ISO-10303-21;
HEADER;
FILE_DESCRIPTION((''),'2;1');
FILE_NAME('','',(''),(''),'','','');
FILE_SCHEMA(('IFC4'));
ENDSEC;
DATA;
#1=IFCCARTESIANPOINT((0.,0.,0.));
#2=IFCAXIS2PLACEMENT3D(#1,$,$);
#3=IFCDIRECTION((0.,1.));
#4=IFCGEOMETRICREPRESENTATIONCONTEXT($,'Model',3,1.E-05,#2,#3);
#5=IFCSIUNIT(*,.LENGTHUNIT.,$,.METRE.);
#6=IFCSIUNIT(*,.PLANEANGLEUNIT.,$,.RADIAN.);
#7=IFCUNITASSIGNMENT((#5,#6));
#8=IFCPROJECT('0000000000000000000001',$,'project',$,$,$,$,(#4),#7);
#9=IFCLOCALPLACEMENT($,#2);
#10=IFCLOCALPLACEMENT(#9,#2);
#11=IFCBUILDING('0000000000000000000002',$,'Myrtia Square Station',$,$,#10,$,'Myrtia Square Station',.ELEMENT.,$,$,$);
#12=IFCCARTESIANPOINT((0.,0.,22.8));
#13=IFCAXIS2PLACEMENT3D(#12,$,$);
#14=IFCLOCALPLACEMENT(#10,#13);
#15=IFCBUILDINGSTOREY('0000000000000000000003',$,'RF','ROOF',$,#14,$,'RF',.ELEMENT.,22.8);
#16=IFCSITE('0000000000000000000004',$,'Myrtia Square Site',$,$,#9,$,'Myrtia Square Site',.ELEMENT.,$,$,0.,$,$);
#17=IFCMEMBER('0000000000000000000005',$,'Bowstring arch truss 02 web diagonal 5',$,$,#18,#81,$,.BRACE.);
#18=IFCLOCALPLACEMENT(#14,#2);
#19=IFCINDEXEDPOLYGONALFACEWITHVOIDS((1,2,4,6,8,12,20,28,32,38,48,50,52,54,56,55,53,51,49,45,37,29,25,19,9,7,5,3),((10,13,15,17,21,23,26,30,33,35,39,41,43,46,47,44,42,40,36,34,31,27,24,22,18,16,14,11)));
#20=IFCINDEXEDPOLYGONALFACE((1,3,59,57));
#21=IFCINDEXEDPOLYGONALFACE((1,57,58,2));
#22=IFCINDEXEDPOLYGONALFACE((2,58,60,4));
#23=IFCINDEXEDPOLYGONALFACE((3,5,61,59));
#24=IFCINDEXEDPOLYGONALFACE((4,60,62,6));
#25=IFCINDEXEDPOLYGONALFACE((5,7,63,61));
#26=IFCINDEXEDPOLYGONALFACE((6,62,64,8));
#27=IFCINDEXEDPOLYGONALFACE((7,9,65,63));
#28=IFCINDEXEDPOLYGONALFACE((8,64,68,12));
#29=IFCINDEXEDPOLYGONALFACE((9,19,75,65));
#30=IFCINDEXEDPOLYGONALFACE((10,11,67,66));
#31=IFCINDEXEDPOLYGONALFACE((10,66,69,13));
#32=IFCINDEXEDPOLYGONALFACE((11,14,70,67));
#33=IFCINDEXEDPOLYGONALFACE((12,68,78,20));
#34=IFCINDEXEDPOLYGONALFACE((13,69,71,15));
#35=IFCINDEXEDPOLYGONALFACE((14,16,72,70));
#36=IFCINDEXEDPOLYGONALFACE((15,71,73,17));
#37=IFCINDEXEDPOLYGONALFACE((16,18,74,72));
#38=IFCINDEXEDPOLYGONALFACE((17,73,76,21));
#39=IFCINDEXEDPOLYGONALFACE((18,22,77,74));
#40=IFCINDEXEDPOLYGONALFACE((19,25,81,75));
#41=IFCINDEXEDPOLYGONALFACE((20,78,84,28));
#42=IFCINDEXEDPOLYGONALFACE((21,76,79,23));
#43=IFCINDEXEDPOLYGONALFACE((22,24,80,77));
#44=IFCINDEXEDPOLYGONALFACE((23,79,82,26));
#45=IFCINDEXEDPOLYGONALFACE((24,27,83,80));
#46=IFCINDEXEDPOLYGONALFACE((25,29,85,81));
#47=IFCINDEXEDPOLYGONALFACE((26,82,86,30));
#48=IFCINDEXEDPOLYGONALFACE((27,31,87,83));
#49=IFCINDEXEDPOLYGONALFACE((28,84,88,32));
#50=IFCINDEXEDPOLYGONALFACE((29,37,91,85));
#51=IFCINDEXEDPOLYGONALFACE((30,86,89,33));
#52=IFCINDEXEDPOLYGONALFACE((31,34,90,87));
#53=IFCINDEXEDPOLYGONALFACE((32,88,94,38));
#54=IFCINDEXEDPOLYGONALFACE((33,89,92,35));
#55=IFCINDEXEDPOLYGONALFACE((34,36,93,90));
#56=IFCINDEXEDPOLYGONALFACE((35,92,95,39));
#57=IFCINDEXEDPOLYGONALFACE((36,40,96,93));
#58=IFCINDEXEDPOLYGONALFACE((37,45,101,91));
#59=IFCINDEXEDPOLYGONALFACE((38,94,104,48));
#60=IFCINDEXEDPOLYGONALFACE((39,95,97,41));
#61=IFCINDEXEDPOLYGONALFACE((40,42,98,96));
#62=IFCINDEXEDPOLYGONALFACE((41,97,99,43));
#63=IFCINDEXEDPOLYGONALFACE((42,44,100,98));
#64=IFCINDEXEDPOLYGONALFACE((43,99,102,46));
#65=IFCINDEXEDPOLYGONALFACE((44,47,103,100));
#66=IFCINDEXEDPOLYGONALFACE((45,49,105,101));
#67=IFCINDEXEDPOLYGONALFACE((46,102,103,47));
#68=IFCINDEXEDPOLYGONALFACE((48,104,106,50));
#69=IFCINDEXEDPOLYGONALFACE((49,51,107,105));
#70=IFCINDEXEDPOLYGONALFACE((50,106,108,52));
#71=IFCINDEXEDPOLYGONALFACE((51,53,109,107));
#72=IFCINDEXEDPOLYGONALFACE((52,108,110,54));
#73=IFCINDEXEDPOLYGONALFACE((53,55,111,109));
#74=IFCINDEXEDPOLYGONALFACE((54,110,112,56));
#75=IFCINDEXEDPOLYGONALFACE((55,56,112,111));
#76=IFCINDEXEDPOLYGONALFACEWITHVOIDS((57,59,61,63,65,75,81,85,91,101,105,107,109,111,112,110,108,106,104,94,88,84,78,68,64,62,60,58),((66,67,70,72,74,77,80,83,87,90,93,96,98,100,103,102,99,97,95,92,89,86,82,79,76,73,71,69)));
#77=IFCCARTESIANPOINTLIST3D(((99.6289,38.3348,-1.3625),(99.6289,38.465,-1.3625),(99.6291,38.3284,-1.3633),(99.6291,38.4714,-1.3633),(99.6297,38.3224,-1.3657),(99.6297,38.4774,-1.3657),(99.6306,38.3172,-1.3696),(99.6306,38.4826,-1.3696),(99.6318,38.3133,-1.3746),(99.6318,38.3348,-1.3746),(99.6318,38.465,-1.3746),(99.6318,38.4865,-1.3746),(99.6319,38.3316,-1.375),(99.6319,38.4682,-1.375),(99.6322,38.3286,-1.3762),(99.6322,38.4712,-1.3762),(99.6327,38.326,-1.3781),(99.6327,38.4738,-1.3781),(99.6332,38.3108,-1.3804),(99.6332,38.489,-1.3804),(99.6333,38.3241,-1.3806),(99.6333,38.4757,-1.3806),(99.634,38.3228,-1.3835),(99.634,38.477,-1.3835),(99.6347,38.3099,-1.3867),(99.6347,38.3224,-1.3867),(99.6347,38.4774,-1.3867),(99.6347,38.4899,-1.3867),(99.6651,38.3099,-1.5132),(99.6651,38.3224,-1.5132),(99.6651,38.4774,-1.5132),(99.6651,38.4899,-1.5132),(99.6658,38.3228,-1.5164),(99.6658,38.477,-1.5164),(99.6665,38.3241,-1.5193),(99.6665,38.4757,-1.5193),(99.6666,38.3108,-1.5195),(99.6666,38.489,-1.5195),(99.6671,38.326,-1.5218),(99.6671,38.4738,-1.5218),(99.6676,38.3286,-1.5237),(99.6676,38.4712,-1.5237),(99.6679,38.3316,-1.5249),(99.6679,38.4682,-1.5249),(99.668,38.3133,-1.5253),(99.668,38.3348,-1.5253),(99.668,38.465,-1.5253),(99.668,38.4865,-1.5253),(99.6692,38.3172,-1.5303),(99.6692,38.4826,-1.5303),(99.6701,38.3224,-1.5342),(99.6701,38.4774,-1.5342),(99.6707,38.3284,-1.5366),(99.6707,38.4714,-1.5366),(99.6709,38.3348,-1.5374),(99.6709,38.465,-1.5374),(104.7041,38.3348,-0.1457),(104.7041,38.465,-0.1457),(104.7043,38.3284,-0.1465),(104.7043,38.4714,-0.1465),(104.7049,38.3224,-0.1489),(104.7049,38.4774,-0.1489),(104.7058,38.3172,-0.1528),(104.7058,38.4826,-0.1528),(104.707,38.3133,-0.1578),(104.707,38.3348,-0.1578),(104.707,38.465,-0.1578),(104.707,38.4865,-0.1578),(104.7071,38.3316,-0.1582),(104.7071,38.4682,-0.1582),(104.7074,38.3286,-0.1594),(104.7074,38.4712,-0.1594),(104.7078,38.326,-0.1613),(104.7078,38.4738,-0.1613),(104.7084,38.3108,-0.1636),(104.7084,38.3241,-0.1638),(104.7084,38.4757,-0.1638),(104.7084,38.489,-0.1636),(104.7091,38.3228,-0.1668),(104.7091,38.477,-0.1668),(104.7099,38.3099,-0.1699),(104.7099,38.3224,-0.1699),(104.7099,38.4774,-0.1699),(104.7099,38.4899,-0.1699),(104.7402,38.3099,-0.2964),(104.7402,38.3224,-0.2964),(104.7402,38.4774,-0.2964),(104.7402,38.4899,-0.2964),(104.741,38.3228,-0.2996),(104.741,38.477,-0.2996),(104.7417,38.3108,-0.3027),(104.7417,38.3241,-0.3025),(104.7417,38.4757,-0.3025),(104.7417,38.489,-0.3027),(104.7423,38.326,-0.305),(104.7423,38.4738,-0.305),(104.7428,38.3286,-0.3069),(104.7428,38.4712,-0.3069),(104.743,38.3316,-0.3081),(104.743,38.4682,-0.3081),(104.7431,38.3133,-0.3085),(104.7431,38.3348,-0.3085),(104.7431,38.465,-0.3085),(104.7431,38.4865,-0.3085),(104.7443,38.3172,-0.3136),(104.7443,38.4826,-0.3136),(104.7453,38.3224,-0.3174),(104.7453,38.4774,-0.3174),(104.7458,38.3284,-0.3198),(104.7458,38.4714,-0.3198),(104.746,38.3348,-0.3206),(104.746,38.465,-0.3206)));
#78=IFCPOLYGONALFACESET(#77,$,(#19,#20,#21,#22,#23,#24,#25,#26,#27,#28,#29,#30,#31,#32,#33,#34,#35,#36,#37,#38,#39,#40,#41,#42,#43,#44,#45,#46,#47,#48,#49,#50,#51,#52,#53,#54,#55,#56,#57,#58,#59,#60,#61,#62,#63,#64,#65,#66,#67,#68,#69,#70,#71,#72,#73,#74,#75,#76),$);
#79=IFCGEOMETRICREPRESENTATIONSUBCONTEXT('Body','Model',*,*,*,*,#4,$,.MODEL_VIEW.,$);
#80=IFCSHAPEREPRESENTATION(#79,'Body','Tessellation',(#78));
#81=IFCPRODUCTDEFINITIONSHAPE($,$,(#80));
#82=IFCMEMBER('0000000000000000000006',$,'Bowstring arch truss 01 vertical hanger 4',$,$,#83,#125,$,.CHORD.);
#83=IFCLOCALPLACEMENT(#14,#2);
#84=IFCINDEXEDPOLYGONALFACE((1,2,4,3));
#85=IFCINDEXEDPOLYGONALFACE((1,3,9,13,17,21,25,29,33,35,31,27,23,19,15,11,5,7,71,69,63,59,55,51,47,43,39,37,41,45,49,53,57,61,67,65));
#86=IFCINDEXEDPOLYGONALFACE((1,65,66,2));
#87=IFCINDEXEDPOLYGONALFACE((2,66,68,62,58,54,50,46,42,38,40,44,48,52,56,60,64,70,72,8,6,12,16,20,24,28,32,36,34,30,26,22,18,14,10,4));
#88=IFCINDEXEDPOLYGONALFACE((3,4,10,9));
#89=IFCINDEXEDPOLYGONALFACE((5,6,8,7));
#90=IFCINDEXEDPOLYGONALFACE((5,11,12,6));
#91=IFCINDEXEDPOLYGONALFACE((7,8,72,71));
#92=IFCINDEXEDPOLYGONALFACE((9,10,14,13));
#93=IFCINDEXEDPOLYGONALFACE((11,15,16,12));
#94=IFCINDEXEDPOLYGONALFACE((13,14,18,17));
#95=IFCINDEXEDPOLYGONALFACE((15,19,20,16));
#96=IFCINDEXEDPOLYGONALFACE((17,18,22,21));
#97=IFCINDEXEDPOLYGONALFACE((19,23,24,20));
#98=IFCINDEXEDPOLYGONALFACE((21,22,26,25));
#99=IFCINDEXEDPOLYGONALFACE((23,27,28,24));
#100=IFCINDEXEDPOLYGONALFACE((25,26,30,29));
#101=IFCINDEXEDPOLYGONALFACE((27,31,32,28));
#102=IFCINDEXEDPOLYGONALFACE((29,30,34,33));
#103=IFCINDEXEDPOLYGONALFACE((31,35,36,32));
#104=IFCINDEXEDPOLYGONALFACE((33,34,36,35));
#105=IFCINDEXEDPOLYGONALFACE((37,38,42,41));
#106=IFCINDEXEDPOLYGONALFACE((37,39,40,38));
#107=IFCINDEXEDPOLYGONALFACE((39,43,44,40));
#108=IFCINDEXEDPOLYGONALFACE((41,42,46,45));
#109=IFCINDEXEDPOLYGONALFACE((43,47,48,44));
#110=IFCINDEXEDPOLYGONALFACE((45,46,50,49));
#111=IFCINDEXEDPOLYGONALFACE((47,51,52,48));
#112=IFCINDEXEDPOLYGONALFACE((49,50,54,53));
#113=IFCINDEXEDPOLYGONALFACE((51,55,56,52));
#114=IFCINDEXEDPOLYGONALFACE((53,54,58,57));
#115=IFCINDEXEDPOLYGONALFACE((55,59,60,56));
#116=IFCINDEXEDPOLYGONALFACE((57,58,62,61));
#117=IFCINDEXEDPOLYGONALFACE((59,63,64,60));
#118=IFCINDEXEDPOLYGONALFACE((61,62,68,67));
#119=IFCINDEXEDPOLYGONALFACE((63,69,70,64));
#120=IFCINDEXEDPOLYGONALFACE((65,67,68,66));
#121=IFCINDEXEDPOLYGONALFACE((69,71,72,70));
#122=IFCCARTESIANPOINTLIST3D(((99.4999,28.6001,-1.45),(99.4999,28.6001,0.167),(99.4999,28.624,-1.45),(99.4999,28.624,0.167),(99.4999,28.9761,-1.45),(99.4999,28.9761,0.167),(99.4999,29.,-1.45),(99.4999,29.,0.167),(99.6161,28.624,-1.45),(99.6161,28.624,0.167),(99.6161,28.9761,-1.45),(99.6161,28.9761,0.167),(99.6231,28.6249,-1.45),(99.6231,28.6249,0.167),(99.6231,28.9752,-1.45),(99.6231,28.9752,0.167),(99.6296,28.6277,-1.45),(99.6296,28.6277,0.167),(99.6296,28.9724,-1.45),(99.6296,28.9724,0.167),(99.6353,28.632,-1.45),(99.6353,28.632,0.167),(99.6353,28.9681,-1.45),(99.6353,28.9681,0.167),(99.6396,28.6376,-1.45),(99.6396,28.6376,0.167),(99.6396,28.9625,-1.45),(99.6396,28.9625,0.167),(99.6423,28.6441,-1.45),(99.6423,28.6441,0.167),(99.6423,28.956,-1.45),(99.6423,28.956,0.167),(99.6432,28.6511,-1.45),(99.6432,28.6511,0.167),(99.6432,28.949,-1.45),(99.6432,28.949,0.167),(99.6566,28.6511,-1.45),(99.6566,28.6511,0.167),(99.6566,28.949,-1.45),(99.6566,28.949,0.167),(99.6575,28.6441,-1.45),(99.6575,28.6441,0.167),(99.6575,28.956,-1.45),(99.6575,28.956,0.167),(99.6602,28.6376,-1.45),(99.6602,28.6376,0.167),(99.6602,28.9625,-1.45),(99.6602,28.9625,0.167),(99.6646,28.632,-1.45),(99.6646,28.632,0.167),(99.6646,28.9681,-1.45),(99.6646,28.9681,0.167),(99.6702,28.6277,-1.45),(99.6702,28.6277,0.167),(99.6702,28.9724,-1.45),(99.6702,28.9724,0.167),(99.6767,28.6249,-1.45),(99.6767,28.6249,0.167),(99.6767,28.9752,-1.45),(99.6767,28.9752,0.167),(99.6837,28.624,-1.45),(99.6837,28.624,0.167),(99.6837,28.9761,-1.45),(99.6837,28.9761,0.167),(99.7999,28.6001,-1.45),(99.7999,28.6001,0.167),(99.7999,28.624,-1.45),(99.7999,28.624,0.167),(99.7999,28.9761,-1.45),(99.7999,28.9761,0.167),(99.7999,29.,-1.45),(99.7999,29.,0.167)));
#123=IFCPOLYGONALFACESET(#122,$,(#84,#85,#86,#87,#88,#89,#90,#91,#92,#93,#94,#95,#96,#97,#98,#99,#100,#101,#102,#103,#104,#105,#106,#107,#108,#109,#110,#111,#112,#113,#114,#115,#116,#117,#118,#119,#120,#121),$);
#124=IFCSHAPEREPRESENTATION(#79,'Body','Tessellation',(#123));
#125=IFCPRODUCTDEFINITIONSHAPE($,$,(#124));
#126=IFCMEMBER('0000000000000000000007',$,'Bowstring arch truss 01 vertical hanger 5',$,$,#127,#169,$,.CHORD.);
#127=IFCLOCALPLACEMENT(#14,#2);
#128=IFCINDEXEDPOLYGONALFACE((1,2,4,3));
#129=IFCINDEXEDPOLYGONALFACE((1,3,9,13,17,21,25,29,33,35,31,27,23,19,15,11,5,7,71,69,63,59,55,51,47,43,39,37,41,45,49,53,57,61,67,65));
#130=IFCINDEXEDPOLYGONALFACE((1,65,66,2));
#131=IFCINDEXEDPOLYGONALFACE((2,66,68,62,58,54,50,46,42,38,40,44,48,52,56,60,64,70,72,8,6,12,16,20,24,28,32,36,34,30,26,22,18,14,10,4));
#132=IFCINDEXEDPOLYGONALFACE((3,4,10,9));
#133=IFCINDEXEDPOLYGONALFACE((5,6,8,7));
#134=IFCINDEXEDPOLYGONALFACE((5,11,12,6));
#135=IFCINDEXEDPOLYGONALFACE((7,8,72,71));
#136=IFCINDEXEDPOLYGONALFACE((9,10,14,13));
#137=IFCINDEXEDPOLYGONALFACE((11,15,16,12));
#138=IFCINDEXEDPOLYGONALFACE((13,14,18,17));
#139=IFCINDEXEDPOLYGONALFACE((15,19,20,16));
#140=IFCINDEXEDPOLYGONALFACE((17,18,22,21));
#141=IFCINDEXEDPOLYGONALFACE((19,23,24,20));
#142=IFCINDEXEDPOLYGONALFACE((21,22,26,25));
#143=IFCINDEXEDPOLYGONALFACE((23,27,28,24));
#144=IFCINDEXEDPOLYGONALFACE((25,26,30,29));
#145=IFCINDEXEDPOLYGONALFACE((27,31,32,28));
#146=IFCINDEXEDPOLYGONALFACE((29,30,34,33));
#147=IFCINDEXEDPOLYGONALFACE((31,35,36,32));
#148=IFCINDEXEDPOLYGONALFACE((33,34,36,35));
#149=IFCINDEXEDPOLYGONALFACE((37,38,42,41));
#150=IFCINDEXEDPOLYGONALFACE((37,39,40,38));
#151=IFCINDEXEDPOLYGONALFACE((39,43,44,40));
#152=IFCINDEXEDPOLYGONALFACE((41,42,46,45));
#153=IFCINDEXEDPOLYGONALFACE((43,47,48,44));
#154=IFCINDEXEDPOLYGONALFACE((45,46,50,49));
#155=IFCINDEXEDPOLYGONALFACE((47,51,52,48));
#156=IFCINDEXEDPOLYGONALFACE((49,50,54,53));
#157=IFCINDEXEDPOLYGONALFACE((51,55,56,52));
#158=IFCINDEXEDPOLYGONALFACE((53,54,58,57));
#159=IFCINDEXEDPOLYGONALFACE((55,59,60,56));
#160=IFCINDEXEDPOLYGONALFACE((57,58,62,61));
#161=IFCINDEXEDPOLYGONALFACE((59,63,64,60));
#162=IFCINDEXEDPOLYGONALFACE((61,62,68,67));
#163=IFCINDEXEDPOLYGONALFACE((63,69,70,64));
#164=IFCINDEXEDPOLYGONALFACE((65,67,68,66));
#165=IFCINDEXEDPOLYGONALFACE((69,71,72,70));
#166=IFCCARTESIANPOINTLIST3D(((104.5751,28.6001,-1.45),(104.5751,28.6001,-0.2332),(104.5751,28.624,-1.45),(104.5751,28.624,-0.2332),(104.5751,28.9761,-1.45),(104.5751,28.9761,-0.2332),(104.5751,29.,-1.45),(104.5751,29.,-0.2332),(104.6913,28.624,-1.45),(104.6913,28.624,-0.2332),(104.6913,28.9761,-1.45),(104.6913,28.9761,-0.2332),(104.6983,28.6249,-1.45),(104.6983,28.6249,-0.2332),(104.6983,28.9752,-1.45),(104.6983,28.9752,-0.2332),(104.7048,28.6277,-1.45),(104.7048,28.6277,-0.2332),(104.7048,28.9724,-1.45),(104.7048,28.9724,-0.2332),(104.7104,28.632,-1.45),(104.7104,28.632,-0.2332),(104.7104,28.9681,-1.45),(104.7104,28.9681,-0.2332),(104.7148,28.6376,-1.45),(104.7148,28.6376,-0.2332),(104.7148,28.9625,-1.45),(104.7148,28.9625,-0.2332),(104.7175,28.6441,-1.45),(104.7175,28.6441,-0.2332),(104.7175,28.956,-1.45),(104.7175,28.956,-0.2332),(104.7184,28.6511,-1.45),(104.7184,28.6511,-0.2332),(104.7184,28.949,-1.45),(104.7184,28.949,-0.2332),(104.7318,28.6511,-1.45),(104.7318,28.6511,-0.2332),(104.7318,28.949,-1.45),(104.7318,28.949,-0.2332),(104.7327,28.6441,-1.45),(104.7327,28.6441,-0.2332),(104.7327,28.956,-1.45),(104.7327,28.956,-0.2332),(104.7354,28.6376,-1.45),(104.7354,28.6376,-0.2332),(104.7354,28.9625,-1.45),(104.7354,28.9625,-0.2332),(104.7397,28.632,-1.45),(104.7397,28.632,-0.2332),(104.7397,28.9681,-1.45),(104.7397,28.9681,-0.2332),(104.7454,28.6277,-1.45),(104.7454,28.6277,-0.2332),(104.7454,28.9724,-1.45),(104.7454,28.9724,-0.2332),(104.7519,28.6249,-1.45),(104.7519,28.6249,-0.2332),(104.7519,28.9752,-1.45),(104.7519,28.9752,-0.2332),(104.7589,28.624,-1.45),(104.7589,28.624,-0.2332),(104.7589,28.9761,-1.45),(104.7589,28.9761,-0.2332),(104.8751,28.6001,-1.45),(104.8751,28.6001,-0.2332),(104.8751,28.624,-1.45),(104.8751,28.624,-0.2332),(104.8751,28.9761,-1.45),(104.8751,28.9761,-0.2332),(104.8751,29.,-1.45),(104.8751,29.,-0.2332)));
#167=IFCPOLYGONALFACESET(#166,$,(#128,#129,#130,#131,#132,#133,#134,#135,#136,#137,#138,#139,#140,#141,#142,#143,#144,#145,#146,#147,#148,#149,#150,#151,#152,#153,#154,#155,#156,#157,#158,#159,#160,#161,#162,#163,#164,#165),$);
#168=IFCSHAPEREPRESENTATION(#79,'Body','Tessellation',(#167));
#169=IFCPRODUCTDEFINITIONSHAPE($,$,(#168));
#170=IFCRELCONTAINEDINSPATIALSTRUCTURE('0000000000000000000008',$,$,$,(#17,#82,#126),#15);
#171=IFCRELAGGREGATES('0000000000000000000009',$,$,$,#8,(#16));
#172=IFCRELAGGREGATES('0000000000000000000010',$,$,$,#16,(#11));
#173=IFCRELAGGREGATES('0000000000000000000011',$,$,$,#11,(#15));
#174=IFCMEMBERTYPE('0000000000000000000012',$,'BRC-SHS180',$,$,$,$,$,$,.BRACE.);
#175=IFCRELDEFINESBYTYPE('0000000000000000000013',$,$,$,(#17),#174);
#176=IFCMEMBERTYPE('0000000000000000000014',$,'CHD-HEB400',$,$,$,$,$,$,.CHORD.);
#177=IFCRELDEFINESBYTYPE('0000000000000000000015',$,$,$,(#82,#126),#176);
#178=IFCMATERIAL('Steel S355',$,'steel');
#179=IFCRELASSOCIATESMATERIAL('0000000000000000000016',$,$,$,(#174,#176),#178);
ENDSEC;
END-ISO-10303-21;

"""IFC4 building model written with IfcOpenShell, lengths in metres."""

from ifc_helpers import new_model, si_unit, direction, frame, origin, origin_2d, place, context, subcontext, project, spatial, hollow_rectangle, i_section, extrude, material, material_profile, profile_set, type_object, element, save


model = new_model("IFC4")

# Units and contexts
model_context = context("Model", 3, precision=1e-05, world=origin(), true_north=direction((0.0, 1.0)))
body_context = subcontext(model_context, "Body", "Model", "MODEL_VIEW")
ifc_project = project(units=[si_unit("LENGTHUNIT", "METRE"), si_unit("PLANEANGLEUNIT", "RADIAN")], contexts=[model_context])

# Site, building, storey
site_placement = place(None, origin())
site = spatial("IfcSite", under=ifc_project, at=site_placement, Name="Myrtia Square Site", LongName="Myrtia Square Site", CompositionType="ELEMENT", RefElevation=0.0)
building_placement = place(site_placement, origin())
building = spatial("IfcBuilding", under=site, at=building_placement, Name="Myrtia Square Station", LongName="Myrtia Square Station", CompositionType="ELEMENT")
storey_placement = place(building_placement, frame((0.0, 0.0, 22.8)))
storey = spatial("IfcBuildingStorey", under=building, at=storey_placement, Name="RF", Description="ROOF", LongName="RF", CompositionType="ELEMENT", Elevation=22.8)

# Members
ifc_material_1 = material(Name="Steel S355", Category="steel")
ifc_material_profile_1 = material_profile(ifc_material_1, hollow_rectangle(XDim=0.1799, YDim=0.1799, WallThickness=0.0125, InnerFilletRadius=0.0125, OuterFilletRadius=0.0249, at=origin_2d()), Name="SHS 180x180x12.5")
ifc_profile_set_1 = profile_set([ifc_material_profile_1], Name="Steel S355")
member_type_1 = type_object("IfcMemberType", Name="BRC-SHS180", PredefinedType="BRACE", material=ifc_profile_set_1)
member_1_placement = place(storey_placement, frame((99.6499, 38.3999, -1.45), z_axis=(0.972442, 0.0, 0.233146), x_axis=(0.0, 1.0, 0.0)))
element("IfcMember", 1, at=member_1_placement, inside=storey, type_object=member_type_1, Name="Bowstring arch truss 02 web diagonal 5", PredefinedType="BRACE", context=body_context, shape_type="SweptSolid", body=[
    extrude(hollow_rectangle(XDim=0.1799, YDim=0.1799, WallThickness=0.0125, InnerFilletRadius=0.0125, OuterFilletRadius=0.0249, at=origin_2d()), origin(), (0.0, 0.0, 1.0), 5.219),
])
ifc_material_profile_2 = material_profile(ifc_material_1, i_section(OverallWidth=0.3, OverallDepth=0.3999, WebThickness=0.0134, FlangeThickness=0.0239, FilletRadius=0.0271, at=origin_2d()), Name="HEB 400")
ifc_profile_set_2 = profile_set([ifc_material_profile_2], Name="Steel S355")
member_type_2 = type_object("IfcMemberType", Name="CHD-HEB400", PredefinedType="CHORD", material=ifc_profile_set_2)
member_2_placement = place(storey_placement, frame((99.6499, 28.8, -1.45), z_axis=(0.0, 0.0, 1.0), x_axis=(1.0, 0.0, 0.0)))
element("IfcMember", 2, at=member_2_placement, inside=storey, type_object=member_type_2, Name="Bowstring arch truss 01 vertical hanger 4", PredefinedType="CHORD", context=body_context, shape_type="SweptSolid", body=[
    extrude(i_section(OverallWidth=0.3, OverallDepth=0.3999, WebThickness=0.0134, FlangeThickness=0.0239, FilletRadius=0.0271, at=origin_2d()), origin(), (0.0, 0.0, 1.0), 1.6169),
])
member_3_placement = place(storey_placement, frame((104.7251, 28.8, -1.45), z_axis=(0.0, 0.0, 1.0), x_axis=(1.0, 0.0, 0.0)))
element("IfcMember", 3, at=member_3_placement, inside=storey, type_object=member_type_2, Name="Bowstring arch truss 01 vertical hanger 5", PredefinedType="CHORD", context=body_context, shape_type="SweptSolid", body=[
    extrude(i_section(OverallWidth=0.3, OverallDepth=0.3999, WebThickness=0.0134, FlangeThickness=0.0239, FilletRadius=0.0271, at=origin_2d()), origin(), (0.0, 0.0, 1.0), 1.2168),
])

save(model, "model.ifc")
